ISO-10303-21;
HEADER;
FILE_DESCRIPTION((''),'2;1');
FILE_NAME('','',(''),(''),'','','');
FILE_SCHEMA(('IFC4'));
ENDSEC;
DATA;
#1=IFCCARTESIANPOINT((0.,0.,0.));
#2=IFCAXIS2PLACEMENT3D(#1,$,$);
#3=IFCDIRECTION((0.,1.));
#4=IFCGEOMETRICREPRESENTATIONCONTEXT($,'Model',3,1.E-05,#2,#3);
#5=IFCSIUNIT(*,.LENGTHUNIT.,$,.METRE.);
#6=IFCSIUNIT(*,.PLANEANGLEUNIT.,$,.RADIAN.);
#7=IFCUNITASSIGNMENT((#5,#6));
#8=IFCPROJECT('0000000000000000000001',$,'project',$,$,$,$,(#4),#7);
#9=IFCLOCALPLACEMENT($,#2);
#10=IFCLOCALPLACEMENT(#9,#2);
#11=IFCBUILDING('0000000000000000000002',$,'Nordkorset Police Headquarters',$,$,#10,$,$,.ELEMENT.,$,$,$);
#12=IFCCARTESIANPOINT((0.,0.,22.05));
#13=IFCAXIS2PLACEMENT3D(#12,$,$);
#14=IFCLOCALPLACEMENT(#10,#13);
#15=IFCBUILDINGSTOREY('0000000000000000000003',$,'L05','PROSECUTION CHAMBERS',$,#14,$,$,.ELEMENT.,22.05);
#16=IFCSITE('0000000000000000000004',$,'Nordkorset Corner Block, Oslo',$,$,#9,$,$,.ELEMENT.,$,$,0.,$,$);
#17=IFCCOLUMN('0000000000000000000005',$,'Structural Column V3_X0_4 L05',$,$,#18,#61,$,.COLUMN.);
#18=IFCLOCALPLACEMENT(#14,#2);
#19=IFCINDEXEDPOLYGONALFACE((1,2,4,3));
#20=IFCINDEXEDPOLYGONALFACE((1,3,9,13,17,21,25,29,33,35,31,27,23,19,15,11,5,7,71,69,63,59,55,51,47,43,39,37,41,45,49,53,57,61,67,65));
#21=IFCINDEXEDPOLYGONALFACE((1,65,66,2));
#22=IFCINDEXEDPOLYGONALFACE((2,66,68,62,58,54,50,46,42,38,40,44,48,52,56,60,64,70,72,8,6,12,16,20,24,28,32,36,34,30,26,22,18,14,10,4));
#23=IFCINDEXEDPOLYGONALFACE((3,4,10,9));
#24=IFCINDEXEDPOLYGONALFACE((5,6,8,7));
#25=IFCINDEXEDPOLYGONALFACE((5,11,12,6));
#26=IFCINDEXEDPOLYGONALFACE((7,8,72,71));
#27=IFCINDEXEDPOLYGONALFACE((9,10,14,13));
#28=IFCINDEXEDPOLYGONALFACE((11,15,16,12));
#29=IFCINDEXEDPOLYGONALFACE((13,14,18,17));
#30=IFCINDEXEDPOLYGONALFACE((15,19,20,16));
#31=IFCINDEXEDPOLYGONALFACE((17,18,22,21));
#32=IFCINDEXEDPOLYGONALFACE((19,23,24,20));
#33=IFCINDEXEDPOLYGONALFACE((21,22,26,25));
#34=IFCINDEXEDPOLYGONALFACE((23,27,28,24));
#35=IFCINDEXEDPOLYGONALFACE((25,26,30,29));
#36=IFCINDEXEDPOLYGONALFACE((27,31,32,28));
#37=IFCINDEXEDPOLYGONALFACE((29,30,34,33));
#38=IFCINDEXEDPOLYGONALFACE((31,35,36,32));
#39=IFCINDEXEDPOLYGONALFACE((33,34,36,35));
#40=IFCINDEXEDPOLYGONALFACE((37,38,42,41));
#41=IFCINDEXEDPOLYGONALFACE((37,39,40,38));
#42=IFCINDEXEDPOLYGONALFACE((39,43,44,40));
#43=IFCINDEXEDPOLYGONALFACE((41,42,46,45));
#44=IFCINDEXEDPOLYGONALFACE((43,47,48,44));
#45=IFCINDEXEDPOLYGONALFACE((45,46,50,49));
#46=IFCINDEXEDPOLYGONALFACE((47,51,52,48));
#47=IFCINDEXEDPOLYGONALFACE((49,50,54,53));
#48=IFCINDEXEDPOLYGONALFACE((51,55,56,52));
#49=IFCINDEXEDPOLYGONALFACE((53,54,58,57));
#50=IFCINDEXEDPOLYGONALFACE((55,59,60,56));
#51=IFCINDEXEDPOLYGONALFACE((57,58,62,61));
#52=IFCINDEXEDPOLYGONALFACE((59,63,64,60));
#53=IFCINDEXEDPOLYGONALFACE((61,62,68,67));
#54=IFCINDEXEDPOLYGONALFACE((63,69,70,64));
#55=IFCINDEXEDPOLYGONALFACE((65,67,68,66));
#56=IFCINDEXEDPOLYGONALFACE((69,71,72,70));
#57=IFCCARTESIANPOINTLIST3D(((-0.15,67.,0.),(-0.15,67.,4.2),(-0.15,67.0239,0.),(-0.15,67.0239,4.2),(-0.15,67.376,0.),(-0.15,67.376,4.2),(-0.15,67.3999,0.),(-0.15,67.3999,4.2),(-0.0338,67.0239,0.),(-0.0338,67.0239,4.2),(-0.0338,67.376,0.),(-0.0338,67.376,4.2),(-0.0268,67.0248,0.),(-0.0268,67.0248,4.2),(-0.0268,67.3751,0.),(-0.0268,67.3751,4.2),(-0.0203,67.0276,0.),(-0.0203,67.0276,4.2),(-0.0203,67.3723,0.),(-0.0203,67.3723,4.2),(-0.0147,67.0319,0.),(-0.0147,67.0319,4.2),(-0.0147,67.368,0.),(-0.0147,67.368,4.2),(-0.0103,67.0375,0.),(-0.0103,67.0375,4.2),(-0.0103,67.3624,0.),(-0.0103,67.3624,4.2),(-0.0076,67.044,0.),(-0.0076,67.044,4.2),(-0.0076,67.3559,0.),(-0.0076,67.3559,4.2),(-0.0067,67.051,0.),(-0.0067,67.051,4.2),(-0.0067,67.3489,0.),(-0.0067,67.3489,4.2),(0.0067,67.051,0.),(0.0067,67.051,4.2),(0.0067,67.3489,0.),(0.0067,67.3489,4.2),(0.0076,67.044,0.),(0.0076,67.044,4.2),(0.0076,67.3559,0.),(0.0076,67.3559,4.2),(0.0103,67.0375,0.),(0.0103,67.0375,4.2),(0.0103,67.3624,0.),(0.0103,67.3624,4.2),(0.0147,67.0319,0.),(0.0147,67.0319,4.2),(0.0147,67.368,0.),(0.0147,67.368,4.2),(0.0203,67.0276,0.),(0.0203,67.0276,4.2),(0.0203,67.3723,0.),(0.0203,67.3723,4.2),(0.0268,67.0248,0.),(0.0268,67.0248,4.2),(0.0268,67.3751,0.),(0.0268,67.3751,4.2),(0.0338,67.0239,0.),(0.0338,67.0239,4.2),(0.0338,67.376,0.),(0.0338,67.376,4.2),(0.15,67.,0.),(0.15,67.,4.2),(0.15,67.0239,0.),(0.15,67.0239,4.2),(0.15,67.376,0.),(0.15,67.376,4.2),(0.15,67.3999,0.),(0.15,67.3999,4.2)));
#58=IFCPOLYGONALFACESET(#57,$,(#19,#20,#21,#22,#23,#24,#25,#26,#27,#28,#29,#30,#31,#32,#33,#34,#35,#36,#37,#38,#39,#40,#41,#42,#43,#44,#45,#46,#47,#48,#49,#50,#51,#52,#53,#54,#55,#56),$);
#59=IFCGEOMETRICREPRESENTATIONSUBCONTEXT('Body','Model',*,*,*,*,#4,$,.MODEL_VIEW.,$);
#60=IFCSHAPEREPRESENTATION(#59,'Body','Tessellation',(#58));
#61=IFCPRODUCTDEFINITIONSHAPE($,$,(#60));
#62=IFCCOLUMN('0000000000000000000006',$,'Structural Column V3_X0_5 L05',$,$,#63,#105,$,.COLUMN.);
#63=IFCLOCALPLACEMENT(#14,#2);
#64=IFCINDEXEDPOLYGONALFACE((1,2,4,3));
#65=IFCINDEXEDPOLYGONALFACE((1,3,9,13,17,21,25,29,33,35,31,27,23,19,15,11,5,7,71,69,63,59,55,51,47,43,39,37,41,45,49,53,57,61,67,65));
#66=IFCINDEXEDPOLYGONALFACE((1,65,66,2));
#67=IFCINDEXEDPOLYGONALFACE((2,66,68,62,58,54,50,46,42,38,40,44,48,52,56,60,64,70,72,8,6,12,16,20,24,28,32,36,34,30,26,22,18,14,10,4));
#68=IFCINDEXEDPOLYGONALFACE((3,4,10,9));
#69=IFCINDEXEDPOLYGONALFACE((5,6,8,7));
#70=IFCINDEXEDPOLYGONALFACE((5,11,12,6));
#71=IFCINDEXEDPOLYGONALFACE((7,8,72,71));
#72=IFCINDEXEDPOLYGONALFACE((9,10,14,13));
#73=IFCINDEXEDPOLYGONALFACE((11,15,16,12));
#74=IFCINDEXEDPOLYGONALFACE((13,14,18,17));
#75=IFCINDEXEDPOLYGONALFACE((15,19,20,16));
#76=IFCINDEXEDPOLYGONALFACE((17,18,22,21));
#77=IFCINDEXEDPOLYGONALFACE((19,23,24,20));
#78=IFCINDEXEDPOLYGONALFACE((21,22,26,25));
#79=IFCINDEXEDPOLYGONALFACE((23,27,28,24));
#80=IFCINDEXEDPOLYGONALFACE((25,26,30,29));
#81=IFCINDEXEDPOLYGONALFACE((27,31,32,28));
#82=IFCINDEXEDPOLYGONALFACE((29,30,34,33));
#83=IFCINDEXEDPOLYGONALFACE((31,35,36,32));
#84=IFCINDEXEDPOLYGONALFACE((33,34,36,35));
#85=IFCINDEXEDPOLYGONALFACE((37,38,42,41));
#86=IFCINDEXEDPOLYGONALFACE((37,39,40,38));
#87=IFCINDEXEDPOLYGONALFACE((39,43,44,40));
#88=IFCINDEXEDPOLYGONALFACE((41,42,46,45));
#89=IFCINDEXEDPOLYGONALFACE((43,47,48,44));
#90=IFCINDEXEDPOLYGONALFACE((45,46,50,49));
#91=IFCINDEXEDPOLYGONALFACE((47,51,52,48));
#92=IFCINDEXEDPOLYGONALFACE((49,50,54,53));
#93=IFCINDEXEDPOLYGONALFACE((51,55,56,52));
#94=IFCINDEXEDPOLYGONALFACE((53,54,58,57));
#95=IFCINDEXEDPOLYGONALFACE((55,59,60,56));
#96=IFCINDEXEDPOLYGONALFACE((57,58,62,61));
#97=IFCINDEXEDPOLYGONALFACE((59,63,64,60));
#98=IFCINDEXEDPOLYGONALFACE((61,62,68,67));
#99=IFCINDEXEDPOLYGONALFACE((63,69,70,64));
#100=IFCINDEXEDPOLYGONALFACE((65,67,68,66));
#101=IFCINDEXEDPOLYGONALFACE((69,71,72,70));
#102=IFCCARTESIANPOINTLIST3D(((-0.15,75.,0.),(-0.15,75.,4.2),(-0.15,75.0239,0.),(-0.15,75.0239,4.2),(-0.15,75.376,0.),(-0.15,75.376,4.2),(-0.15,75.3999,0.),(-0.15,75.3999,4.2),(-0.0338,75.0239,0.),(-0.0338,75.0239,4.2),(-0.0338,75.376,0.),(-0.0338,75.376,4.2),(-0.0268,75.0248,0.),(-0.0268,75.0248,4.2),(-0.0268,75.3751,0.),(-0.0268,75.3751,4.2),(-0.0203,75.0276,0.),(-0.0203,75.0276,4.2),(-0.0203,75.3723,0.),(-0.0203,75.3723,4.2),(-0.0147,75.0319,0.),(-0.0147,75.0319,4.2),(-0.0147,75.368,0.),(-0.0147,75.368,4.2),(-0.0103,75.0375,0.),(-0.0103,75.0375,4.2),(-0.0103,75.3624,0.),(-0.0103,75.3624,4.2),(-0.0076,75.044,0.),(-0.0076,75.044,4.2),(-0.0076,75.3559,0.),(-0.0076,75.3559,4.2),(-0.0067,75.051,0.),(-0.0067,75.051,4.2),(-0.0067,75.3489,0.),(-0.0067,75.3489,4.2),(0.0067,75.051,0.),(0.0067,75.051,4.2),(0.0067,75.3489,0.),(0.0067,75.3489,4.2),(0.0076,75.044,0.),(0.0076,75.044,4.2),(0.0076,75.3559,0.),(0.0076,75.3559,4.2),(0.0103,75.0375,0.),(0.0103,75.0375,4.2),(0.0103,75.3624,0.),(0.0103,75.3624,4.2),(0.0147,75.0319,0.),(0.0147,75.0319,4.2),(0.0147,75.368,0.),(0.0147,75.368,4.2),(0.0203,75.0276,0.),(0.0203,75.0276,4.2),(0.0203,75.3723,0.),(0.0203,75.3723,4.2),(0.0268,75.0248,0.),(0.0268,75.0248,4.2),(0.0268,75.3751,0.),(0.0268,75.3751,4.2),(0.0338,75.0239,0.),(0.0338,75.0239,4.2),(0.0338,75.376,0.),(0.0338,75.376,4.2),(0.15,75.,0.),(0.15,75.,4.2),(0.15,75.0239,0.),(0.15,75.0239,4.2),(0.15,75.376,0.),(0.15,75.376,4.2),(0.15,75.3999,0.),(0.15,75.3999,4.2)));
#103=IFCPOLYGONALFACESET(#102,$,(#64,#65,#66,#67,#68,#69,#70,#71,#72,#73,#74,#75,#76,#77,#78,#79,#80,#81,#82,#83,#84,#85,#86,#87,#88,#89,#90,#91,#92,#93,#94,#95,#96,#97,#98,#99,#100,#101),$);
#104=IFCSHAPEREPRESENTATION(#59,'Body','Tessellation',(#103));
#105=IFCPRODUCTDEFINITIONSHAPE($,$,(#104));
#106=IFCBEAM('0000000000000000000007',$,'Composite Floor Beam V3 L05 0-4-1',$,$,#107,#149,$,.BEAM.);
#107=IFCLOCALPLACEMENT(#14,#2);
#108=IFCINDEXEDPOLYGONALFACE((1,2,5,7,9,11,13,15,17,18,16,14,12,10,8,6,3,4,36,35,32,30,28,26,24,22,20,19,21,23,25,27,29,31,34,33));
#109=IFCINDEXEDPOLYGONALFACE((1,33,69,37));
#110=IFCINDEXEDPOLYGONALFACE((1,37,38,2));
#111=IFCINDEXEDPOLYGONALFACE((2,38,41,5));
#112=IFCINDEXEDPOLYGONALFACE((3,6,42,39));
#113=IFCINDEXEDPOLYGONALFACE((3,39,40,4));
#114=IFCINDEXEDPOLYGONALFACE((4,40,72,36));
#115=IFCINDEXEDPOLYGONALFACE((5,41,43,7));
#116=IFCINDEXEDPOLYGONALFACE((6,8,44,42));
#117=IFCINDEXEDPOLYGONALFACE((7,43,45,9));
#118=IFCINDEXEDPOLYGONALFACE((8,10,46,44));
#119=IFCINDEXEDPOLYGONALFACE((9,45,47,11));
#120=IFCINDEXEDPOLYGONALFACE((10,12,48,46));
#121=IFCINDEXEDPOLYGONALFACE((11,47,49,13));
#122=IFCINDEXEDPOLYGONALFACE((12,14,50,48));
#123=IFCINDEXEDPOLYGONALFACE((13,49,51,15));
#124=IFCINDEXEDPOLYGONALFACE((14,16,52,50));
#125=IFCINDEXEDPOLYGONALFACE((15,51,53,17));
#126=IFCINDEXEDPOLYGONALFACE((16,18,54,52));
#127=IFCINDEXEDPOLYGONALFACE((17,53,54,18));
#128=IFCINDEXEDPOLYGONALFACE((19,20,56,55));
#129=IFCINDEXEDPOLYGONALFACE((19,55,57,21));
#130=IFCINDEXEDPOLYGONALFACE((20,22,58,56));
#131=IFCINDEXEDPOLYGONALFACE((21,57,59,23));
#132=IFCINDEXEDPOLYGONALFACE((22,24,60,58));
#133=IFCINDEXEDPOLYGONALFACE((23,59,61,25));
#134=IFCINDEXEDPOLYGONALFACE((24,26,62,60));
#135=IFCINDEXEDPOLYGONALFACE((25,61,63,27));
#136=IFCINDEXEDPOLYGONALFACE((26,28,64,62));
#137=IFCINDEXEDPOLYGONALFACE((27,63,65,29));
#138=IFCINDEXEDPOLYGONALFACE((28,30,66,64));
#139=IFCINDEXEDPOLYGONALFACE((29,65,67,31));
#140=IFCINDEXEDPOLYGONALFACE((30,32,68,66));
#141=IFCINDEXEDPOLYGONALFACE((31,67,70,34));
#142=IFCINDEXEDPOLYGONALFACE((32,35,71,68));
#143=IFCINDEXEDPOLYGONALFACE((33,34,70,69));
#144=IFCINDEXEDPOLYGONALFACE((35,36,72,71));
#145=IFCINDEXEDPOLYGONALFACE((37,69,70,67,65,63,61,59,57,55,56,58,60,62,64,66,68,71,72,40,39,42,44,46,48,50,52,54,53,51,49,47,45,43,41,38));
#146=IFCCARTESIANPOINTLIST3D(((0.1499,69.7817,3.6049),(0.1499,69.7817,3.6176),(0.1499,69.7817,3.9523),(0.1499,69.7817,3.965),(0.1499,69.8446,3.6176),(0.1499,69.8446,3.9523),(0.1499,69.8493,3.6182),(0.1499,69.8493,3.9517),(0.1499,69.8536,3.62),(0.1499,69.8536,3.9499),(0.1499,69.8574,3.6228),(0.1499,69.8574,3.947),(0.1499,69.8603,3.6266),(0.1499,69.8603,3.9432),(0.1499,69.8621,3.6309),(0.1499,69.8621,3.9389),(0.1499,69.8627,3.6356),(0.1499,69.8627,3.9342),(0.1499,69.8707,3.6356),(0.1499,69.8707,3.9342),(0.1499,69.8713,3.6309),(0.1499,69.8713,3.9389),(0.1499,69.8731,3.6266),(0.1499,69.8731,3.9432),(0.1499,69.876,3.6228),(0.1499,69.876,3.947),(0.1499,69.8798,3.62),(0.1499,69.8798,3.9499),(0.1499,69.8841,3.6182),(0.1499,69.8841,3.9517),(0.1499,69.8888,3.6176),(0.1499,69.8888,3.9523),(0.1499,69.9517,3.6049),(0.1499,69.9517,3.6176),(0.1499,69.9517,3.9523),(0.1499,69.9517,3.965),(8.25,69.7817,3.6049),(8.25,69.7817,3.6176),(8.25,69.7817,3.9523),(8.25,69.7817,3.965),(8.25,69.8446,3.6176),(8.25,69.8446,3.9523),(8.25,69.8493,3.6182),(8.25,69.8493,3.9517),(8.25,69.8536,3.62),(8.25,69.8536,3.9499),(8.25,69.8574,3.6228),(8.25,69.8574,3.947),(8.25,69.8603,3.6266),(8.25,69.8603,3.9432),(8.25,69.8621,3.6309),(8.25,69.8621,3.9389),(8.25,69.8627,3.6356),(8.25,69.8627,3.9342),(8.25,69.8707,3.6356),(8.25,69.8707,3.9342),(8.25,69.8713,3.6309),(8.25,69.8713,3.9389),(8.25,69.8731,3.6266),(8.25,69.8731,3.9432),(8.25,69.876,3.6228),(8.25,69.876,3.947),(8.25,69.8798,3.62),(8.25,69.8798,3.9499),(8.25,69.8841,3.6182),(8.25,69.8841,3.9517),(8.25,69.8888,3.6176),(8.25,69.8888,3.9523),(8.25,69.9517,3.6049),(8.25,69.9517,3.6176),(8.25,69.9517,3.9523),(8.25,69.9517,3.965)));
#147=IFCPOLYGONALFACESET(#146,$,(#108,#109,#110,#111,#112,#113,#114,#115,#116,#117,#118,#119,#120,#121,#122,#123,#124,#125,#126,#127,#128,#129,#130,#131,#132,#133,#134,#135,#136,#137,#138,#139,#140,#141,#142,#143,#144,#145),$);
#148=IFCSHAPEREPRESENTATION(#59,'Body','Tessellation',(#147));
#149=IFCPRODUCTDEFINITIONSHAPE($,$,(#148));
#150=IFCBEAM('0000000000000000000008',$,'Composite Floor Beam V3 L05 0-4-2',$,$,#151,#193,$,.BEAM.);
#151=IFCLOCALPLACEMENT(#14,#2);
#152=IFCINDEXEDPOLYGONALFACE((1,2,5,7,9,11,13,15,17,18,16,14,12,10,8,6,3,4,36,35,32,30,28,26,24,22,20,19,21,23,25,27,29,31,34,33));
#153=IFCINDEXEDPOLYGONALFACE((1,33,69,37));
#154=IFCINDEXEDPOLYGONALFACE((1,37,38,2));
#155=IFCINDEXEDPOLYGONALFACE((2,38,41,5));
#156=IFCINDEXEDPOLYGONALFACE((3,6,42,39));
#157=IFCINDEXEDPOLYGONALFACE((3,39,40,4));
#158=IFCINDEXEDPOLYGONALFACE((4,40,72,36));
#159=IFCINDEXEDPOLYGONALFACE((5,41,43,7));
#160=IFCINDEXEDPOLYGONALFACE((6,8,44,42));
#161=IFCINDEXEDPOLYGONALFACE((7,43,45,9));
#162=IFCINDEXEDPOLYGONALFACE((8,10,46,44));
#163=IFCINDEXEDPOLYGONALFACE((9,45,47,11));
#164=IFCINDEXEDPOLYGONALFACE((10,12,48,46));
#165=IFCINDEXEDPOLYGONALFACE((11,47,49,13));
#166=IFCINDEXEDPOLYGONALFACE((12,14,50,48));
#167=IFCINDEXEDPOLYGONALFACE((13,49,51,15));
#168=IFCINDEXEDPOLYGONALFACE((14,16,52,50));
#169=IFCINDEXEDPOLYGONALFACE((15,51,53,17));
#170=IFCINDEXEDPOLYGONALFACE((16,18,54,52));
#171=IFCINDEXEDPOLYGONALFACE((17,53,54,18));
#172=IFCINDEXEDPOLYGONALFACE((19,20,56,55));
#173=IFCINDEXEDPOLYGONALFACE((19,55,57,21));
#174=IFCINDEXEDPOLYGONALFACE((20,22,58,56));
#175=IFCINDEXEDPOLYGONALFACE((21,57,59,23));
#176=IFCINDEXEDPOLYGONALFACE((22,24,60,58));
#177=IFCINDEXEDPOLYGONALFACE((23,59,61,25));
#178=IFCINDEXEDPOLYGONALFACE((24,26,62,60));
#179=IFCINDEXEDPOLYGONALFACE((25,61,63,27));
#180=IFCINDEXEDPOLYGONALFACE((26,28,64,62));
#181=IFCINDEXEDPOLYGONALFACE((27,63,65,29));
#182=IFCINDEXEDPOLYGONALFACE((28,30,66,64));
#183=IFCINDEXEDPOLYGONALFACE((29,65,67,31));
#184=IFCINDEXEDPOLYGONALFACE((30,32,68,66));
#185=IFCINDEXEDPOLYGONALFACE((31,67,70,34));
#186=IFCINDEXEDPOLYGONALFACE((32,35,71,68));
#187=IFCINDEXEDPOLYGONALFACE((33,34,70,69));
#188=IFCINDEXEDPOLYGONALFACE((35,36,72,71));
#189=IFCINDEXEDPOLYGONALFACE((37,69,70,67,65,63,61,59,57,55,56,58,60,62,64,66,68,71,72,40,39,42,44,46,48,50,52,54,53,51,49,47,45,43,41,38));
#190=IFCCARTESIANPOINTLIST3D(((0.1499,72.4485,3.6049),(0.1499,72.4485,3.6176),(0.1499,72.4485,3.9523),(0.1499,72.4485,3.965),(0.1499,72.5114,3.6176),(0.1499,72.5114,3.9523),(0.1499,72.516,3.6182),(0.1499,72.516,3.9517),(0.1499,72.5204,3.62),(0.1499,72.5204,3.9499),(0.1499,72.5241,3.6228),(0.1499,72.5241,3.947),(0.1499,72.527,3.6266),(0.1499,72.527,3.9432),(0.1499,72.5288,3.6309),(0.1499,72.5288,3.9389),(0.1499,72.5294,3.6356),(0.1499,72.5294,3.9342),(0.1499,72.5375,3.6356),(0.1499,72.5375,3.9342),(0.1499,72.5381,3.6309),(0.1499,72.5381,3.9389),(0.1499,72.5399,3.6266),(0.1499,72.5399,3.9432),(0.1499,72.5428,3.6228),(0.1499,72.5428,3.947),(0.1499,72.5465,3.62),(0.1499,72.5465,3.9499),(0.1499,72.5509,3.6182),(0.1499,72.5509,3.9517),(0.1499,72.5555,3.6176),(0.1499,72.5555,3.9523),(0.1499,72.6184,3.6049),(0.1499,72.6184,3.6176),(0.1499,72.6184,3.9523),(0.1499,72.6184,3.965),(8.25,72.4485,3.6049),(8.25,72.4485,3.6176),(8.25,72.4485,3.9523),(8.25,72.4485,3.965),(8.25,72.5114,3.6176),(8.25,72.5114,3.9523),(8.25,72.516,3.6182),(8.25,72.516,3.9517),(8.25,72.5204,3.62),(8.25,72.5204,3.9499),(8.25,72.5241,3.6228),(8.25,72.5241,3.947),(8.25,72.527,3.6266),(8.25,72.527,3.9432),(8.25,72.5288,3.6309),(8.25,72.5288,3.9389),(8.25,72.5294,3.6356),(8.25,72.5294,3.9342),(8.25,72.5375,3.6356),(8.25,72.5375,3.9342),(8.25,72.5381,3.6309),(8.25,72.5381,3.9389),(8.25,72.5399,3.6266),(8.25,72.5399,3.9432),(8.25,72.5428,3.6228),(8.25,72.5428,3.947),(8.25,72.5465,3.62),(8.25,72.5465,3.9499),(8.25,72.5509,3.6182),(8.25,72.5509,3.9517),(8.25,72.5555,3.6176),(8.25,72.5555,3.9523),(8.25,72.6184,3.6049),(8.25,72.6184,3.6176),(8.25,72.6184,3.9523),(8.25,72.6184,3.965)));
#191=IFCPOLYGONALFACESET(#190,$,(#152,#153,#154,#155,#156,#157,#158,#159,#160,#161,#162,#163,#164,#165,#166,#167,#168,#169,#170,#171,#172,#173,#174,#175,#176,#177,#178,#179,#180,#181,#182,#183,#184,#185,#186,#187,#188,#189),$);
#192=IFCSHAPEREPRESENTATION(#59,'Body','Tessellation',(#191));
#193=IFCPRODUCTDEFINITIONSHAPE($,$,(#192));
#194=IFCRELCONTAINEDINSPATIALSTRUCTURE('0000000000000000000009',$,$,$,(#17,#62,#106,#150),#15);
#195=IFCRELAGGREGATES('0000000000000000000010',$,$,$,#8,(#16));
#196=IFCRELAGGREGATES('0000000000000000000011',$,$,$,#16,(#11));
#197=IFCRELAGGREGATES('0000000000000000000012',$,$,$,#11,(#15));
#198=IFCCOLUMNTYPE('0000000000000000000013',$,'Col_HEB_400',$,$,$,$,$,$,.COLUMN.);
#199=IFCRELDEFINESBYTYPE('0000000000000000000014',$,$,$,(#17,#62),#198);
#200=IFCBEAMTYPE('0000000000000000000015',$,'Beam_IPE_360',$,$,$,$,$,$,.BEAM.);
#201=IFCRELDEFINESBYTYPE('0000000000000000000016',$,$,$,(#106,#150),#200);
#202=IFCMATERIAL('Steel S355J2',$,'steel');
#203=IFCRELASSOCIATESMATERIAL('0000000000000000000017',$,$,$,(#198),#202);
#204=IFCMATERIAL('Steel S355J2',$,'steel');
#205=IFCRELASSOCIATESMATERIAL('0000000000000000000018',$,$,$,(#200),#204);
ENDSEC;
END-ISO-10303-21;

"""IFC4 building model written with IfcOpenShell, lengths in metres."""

from ifc_helpers import new_model, si_unit, direction, frame, origin, origin_2d, place, context, subcontext, project, spatial, i_section, extrude, material, material_profile, profile_set, type_object, element, save


model = new_model("IFC4")

# Units and contexts
model_context = context("Model", 3, precision=1e-05, world=origin(), true_north=direction((0.0, 1.0)))
body_context = subcontext(model_context, "Body", "Model", "MODEL_VIEW")
ifc_project = project(units=[si_unit("LENGTHUNIT", "METRE"), si_unit("PLANEANGLEUNIT", "RADIAN")], contexts=[model_context])

# Site, building, storey
site_placement = place(None, origin())
site = spatial("IfcSite", under=ifc_project, at=site_placement, Name="Nordkorset Corner Block, Oslo", CompositionType="ELEMENT", RefElevation=0.0)
building_placement = place(site_placement, origin())
building = spatial("IfcBuilding", under=site, at=building_placement, Name="Nordkorset Police Headquarters", CompositionType="ELEMENT")
storey_placement = place(building_placement, frame((0.0, 0.0, 22.05)))
storey = spatial("IfcBuildingStorey", under=building, at=storey_placement, Name="L05", Description="PROSECUTION CHAMBERS", CompositionType="ELEMENT", Elevation=22.05)

# Columns
ifc_material_1 = material(Name="Steel S355J2", Category="steel")
ifc_material_profile_1 = material_profile(ifc_material_1, i_section(OverallWidth=0.3, OverallDepth=0.3999, WebThickness=0.0134, FlangeThickness=0.0239, FilletRadius=0.0271, at=origin_2d()), Name="HEB 400")
ifc_profile_set_1 = profile_set([ifc_material_profile_1], Name="Steel S355J2")
column_type = type_object("IfcColumnType", Name="Col_HEB_400", PredefinedType="COLUMN", material=ifc_profile_set_1)
for number, where, z_axis, x_axis, name in (
    (1, (0.0, 67.2, 0.0), (0.0, 0.0, 1.0), (1.0, 0.0, 0.0), "Structural Column V3_X0_4 L05"),
    (2, (0.0, 75.2, 0.0), (0.0, 0.0, 1.0), (1.0, 0.0, 0.0), "Structural Column V3_X0_5 L05"),
):
    element("IfcColumn", number, at=place(storey_placement, frame(where, z_axis=z_axis, x_axis=x_axis)), inside=storey, type_object=column_type, Name=name, PredefinedType="COLUMN", context=body_context, shape_type="SweptSolid", body=[
        extrude(i_section(OverallWidth=0.3, OverallDepth=0.3999, WebThickness=0.0134, FlangeThickness=0.0239, FilletRadius=0.0271, at=origin_2d()), origin(), (0.0, 0.0, 1.0), 4.2),
    ])

# Beams
ifc_material_2 = material(Name="Steel S355J2", Category="steel")
ifc_material_profile_2 = material_profile(ifc_material_2, i_section(OverallWidth=0.1699, OverallDepth=0.3601, WebThickness=0.0081, FlangeThickness=0.0127, FilletRadius=0.0181, at=origin_2d()), Name="IPE 360")
ifc_profile_set_2 = profile_set([ifc_material_profile_2], Name="Steel S355J2")
beam_type_1 = type_object("IfcBeamType", Name="Beam_IPE_360", PredefinedType="BEAM", material=ifc_profile_set_2)
for number, where, z_axis, x_axis, name in (
    (3, (0.1499, 69.8667, 3.7849), (1.0, 0.0, 0.0), (0.0, 1.0, 0.0), "Composite Floor Beam V3 L05 0-4-1"),
    (4, (0.1499, 72.5334, 3.7849), (1.0, 0.0, 0.0), (0.0, 1.0, 0.0), "Composite Floor Beam V3 L05 0-4-2"),
):
    element("IfcBeam", number, at=place(storey_placement, frame(where, z_axis=z_axis, x_axis=x_axis)), inside=storey, type_object=beam_type_1, Name=name, PredefinedType="BEAM", context=body_context, shape_type="SweptSolid", body=[
        extrude(i_section(OverallWidth=0.1699, OverallDepth=0.3601, WebThickness=0.0081, FlangeThickness=0.0127, FilletRadius=0.0181, at=origin_2d()), origin(), (0.0, 0.0, 1.0), 8.1001),
    ])

save(model, "model.ifc")
